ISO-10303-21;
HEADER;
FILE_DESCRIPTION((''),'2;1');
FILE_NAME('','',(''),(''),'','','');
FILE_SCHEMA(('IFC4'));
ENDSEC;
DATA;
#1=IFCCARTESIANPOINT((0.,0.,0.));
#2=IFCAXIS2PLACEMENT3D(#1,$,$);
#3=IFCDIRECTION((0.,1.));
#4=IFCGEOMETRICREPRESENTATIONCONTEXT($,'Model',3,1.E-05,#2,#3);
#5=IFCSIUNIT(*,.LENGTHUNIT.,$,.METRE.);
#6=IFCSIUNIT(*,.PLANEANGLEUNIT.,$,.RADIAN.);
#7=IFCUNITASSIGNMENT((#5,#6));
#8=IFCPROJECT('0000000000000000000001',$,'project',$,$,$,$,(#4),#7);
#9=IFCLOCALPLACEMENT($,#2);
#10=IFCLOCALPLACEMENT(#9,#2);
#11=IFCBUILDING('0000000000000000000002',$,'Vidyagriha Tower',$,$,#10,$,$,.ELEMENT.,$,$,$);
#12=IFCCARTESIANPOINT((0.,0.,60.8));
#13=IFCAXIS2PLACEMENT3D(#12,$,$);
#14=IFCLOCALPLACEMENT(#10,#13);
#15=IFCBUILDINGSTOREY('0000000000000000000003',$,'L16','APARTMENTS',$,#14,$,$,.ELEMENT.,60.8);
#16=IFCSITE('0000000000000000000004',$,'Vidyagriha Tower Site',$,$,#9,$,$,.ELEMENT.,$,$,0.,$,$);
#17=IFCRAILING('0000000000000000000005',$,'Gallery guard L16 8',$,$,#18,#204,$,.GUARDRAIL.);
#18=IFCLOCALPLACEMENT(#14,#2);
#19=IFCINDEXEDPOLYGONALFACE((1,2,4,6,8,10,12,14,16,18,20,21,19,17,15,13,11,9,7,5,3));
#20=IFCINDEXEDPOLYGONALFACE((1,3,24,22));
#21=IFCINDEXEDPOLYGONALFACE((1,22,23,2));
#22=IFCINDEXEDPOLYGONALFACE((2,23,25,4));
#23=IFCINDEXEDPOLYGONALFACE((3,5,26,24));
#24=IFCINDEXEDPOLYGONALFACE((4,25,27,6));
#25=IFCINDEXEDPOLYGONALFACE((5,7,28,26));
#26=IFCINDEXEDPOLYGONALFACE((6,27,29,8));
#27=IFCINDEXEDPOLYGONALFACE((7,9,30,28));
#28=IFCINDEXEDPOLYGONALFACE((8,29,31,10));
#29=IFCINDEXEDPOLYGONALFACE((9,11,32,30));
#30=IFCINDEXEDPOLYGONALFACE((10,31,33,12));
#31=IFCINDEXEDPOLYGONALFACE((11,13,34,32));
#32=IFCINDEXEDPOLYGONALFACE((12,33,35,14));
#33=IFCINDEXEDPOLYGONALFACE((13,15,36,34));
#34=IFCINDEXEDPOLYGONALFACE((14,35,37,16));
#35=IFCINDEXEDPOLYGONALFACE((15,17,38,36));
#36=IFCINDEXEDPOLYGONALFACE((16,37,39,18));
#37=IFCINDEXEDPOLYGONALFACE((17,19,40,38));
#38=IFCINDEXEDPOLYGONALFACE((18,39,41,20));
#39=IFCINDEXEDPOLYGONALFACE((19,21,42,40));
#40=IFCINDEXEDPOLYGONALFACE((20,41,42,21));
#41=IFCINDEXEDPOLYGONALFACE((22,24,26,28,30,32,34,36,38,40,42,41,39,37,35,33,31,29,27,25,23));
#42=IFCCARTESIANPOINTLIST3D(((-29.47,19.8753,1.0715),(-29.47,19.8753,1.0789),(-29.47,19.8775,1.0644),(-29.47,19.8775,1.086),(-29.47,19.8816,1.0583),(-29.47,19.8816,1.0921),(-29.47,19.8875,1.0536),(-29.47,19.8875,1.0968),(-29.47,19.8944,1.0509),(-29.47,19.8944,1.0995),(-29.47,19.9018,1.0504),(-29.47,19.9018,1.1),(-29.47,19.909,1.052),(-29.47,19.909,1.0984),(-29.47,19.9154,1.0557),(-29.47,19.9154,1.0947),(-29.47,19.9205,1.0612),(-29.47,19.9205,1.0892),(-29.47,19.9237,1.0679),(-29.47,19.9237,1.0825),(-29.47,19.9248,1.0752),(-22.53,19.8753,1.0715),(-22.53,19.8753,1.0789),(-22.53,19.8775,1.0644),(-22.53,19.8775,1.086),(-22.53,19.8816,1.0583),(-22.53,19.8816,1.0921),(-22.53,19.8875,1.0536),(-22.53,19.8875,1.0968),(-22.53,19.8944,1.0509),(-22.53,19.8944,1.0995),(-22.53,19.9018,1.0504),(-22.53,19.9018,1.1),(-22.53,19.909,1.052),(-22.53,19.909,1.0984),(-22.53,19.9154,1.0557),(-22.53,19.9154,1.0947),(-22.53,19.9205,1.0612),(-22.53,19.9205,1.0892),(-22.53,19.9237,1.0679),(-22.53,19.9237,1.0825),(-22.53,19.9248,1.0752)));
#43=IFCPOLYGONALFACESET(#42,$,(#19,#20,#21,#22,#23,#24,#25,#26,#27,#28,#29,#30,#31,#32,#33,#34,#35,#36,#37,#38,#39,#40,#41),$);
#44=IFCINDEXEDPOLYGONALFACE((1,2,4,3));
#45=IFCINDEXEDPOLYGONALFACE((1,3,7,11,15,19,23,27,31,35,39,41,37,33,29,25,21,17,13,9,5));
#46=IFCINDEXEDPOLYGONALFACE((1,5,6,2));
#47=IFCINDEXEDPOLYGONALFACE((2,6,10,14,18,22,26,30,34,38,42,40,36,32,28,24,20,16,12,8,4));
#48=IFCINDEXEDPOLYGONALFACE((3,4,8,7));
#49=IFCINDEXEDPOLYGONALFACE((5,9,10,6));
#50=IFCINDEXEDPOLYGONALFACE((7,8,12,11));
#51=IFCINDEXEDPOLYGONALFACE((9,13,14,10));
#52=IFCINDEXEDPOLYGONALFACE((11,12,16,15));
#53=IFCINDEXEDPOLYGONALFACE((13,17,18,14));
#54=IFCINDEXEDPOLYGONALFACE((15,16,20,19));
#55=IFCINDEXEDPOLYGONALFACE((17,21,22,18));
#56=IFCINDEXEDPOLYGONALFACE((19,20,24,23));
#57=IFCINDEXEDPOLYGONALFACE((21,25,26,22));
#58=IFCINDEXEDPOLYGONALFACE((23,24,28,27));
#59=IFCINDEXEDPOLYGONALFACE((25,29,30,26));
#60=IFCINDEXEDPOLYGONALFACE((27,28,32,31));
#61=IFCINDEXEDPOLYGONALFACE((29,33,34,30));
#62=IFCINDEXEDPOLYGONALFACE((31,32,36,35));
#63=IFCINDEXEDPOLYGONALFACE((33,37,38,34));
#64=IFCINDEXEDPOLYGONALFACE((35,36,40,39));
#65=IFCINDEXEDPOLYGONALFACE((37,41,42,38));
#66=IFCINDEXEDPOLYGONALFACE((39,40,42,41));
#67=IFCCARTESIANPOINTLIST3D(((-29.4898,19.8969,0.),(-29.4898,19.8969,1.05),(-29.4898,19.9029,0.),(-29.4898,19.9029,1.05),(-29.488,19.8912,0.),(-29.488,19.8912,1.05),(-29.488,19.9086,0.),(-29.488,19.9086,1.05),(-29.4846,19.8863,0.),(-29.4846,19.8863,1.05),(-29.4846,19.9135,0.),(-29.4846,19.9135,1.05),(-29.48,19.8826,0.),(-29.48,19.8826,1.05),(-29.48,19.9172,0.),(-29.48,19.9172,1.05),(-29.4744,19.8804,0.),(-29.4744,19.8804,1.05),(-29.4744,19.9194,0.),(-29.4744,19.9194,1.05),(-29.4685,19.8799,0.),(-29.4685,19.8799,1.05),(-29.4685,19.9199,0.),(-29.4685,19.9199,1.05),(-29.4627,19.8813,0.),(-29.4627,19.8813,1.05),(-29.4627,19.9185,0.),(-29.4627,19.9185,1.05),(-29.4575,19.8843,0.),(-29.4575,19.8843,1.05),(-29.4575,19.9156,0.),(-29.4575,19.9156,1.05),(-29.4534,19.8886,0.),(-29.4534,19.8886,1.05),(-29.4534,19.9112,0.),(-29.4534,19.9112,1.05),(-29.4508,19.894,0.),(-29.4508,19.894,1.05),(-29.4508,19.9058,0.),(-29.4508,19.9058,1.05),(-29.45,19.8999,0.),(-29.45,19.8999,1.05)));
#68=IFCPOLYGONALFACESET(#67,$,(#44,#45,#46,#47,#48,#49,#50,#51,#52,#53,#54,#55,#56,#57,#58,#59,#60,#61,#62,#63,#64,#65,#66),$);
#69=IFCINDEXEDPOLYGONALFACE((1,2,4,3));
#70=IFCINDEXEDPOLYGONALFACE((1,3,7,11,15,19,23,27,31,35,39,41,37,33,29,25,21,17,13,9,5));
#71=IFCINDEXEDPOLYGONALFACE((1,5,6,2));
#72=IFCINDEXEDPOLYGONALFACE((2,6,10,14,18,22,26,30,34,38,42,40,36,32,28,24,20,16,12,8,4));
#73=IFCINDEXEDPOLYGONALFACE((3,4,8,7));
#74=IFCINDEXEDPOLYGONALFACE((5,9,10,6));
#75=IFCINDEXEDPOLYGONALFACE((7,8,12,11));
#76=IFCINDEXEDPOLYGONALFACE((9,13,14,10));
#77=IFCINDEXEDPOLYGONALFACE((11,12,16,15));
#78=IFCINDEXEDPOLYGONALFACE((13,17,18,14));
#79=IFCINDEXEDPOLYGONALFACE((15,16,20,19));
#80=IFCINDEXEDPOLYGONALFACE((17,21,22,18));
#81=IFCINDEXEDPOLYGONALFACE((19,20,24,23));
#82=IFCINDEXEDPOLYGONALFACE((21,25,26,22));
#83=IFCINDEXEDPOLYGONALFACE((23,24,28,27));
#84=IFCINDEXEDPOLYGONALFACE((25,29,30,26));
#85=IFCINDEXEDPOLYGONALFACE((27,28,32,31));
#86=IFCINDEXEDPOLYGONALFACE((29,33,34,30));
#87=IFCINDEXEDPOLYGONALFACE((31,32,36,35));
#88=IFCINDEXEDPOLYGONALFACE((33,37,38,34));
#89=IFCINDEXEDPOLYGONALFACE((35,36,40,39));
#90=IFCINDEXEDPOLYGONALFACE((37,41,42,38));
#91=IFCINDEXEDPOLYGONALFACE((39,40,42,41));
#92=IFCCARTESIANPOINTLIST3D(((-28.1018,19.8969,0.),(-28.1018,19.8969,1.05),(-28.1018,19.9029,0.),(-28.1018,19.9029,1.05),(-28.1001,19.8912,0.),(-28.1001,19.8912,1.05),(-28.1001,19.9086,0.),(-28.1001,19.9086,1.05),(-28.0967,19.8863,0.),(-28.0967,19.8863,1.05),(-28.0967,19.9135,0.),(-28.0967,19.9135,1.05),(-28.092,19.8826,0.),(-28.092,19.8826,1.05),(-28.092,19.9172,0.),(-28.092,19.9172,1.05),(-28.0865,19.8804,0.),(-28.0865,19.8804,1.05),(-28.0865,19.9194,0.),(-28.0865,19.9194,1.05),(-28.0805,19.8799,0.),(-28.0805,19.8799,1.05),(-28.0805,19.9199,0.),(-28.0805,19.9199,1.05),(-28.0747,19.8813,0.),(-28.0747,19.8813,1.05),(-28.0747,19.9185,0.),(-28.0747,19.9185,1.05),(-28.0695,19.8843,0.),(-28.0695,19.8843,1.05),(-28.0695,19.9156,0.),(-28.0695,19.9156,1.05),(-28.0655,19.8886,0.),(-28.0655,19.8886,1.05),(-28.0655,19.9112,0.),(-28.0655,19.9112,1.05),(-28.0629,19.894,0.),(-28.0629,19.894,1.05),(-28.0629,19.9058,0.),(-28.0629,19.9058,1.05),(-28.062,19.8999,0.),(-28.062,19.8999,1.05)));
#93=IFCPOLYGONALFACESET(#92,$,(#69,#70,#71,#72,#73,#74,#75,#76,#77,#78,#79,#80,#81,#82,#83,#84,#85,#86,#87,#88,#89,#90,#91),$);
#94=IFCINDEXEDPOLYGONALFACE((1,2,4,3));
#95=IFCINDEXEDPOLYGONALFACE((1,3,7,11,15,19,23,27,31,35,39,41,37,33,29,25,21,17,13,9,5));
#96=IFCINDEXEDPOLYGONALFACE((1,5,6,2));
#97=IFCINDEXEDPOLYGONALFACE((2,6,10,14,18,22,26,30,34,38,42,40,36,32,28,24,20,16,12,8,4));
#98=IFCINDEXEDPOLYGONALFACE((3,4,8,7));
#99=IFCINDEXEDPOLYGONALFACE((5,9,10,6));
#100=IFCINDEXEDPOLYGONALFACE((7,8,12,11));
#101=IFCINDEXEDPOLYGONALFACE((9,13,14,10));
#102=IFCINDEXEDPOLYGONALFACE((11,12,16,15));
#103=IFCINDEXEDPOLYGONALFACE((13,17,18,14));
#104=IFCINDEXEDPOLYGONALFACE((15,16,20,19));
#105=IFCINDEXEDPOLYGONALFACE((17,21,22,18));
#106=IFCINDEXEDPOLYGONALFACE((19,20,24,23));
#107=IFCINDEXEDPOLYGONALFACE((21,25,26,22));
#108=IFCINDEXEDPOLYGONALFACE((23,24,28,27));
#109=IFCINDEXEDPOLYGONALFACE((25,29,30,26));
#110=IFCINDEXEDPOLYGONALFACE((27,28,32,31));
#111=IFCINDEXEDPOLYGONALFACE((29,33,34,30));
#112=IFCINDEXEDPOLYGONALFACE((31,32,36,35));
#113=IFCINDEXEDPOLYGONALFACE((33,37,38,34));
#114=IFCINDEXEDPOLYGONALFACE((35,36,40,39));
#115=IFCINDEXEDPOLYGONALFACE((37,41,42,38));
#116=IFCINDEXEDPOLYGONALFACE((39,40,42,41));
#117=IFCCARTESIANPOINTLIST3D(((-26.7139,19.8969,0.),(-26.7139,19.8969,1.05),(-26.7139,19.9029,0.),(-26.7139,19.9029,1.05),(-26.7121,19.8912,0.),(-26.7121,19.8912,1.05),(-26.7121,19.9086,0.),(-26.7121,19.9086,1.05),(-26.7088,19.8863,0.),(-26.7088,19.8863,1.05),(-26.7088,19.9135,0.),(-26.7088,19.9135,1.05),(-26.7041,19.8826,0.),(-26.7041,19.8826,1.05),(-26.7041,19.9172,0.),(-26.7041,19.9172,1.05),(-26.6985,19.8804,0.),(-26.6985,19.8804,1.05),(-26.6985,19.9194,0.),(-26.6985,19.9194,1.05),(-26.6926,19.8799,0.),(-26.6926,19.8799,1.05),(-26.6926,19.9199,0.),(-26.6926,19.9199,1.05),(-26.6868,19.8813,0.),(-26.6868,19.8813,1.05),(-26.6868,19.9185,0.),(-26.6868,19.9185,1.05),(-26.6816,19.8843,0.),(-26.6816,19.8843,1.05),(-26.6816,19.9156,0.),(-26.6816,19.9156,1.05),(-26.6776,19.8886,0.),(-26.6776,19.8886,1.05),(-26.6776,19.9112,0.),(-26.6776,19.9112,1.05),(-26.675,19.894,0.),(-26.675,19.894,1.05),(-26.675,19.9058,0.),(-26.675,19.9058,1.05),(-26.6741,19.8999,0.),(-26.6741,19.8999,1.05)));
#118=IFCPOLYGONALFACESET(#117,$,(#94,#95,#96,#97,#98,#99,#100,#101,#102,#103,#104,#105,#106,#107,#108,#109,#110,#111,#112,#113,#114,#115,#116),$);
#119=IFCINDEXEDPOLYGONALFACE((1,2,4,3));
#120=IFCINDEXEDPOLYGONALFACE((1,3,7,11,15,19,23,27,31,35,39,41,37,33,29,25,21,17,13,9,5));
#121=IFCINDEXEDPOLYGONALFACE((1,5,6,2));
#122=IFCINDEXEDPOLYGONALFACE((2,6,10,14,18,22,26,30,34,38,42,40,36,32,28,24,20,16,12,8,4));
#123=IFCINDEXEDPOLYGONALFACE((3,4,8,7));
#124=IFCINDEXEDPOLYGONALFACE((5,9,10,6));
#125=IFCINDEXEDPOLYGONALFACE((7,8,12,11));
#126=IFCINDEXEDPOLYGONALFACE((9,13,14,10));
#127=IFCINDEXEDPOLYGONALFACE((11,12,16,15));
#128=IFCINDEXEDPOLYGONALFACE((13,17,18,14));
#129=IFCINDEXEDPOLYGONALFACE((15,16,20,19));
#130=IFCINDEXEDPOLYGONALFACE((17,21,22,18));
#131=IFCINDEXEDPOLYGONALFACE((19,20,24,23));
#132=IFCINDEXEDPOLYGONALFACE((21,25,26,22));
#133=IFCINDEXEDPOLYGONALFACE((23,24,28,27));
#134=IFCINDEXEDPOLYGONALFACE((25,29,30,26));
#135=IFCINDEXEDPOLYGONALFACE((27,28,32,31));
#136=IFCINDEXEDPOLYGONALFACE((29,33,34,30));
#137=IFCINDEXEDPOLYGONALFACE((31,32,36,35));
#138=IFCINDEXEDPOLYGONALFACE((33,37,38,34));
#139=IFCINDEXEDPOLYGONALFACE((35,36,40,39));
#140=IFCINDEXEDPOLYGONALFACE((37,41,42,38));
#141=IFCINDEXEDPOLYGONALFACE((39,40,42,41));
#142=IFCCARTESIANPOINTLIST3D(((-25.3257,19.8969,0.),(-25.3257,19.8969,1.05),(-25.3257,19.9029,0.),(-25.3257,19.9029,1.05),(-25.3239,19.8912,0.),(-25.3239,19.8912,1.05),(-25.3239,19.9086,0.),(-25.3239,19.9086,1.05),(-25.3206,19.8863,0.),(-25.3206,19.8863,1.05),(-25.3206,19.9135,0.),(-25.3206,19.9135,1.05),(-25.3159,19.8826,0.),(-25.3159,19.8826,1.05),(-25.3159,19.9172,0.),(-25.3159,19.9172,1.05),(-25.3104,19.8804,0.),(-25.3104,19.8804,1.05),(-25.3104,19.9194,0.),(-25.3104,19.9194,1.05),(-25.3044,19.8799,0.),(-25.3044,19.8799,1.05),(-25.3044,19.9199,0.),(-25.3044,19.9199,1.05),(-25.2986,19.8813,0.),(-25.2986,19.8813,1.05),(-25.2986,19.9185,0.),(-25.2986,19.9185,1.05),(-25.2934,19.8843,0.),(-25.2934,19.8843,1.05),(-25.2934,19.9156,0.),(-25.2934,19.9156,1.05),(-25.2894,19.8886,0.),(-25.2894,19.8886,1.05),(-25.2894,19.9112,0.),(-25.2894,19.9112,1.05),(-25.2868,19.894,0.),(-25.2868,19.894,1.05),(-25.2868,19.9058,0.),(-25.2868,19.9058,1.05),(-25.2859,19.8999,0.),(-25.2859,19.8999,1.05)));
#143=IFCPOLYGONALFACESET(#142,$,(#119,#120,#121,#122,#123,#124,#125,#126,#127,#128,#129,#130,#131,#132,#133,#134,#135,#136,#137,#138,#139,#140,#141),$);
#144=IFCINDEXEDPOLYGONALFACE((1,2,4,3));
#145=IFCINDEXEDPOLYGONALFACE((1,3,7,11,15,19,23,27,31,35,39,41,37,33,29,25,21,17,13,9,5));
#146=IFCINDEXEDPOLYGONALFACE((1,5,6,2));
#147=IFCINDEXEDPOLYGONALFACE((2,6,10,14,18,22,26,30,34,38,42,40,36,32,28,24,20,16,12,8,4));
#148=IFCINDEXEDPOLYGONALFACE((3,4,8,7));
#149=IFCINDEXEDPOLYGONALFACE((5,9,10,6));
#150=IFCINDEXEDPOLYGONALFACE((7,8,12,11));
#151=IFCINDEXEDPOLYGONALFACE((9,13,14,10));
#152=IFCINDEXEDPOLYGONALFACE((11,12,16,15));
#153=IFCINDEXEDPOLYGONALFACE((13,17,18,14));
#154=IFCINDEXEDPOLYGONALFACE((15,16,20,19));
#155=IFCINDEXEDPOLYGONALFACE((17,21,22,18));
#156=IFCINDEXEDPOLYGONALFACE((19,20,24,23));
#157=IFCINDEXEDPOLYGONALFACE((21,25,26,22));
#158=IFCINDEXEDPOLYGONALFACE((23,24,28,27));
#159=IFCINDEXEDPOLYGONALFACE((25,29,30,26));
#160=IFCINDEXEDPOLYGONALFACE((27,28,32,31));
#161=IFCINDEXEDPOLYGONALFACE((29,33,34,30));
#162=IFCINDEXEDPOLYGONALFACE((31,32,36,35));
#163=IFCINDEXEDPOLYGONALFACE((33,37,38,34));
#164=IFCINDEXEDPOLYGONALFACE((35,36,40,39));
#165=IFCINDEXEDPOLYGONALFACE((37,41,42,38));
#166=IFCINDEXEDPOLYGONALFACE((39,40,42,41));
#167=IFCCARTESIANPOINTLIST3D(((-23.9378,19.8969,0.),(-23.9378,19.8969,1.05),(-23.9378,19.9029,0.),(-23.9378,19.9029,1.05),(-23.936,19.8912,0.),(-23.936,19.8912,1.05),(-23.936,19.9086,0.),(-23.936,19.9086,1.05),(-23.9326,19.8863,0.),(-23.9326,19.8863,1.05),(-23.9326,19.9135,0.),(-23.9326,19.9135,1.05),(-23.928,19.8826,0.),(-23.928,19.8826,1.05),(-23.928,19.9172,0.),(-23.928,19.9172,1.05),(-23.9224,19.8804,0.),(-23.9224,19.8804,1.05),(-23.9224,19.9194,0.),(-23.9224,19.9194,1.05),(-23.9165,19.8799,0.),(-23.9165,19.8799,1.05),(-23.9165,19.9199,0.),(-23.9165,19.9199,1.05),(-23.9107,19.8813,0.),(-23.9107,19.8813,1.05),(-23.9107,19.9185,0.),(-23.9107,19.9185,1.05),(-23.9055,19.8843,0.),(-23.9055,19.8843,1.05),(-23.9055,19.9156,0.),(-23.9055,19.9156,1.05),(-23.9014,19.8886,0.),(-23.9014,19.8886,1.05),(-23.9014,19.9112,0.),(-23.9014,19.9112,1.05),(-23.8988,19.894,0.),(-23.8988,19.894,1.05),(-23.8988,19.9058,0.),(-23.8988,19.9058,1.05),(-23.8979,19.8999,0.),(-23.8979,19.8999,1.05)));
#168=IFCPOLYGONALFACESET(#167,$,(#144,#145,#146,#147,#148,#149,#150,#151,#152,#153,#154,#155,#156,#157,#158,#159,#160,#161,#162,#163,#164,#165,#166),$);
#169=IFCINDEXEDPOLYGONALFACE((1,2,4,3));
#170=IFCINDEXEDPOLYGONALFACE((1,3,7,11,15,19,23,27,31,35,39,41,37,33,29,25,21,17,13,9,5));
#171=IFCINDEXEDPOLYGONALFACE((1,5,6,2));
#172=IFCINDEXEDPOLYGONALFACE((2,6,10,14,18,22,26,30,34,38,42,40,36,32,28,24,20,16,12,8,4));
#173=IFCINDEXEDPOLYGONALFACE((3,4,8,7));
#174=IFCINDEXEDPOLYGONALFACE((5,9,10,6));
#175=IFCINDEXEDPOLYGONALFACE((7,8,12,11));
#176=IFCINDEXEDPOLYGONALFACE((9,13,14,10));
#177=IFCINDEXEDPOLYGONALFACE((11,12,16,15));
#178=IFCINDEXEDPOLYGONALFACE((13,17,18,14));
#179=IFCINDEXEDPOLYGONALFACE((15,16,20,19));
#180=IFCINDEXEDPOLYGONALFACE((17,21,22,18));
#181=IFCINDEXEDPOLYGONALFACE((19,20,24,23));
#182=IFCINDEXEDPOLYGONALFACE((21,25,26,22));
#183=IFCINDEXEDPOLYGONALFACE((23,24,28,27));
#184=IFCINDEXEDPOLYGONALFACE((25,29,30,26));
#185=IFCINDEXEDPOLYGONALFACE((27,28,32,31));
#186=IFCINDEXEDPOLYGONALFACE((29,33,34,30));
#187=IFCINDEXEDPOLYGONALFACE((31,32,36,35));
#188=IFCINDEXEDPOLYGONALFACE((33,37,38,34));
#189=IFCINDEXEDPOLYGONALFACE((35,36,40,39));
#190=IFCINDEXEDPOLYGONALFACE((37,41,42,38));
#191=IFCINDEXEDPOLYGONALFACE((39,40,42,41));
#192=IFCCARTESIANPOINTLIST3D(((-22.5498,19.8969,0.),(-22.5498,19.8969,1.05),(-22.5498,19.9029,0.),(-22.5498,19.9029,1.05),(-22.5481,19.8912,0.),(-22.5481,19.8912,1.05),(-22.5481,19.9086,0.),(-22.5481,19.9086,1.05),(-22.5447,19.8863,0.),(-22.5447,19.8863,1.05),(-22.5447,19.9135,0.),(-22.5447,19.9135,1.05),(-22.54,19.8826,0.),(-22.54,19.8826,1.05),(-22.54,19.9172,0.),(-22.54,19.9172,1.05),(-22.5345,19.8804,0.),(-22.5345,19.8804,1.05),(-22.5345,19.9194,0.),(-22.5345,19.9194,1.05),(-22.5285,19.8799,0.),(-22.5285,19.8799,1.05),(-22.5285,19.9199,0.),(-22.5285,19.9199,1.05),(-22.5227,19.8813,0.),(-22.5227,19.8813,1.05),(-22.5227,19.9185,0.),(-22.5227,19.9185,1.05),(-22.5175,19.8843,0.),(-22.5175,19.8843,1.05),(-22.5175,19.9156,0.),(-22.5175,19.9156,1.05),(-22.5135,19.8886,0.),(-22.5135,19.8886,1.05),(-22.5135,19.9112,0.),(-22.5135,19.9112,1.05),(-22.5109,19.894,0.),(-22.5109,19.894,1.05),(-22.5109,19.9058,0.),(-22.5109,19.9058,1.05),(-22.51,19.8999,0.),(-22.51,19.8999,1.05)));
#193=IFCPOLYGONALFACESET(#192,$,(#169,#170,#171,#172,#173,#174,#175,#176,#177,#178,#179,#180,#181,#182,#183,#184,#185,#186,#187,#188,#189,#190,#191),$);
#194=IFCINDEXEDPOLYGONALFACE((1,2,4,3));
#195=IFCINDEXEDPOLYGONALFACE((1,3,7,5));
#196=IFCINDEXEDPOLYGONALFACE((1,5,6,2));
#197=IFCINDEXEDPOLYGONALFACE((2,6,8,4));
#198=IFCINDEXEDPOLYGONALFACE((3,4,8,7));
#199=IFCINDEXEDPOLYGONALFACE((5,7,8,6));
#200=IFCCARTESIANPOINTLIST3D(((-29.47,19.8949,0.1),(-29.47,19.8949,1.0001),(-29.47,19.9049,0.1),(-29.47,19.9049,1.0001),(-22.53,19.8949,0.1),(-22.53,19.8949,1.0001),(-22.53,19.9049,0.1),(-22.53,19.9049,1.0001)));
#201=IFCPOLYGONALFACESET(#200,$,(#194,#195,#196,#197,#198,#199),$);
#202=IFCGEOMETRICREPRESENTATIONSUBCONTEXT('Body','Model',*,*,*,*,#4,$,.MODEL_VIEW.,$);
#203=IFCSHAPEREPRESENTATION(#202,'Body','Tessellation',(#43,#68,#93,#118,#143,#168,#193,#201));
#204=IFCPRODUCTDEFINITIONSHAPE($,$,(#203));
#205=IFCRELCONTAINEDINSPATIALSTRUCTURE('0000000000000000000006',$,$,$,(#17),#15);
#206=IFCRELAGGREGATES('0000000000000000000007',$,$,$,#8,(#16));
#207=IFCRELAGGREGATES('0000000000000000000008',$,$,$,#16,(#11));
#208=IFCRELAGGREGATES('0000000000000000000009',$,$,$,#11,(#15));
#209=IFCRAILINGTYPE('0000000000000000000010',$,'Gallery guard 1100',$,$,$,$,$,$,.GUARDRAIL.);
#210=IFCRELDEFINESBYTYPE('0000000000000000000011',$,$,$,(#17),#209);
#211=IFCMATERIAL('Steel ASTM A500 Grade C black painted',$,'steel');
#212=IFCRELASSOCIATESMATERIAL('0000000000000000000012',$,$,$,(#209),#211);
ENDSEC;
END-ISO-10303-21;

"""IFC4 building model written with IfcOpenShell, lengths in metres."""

from ifc_helpers import new_model, si_unit, direction, frame, origin, origin_2d, place, context, subcontext, project, spatial, rectangle, circle, extrude, material, type_object, element, save


model = new_model("IFC4")

# Units and contexts
model_context = context("Model", 3, precision=1e-05, world=origin(), true_north=direction((0.0, 1.0)))
body_context = subcontext(model_context, "Body", "Model", "MODEL_VIEW")
ifc_project = project(units=[si_unit("LENGTHUNIT", "METRE"), si_unit("PLANEANGLEUNIT", "RADIAN")], contexts=[model_context])

# Site, building, storey
site_placement = place(None, origin())
site = spatial("IfcSite", under=ifc_project, at=site_placement, Name="Vidyagriha Tower Site", CompositionType="ELEMENT", RefElevation=0.0)
building_placement = place(site_placement, origin())
building = spatial("IfcBuilding", under=site, at=building_placement, Name="Vidyagriha Tower", CompositionType="ELEMENT")
storey_placement = place(building_placement, frame((0.0, 0.0, 60.8)))
storey = spatial("IfcBuildingStorey", under=building, at=storey_placement, Name="L16", Description="APARTMENTS", CompositionType="ELEMENT", Elevation=60.8)

# Railing
ifc_material_1 = material(Name="Steel ASTM A500 Grade C black painted", Category="steel")
railing_type = type_object("IfcRailingType", Name="Gallery guard 1100", PredefinedType="GUARDRAIL", material=ifc_material_1)
railing_1_placement = place(storey_placement, frame((-29.47, 19.8999, 0.0)))
element("IfcRailing", 1, at=railing_1_placement, inside=storey, type_object=railing_type, Name="Gallery guard L16 8", PredefinedType="GUARDRAIL", context=body_context, shape_type="SweptSolid", body=[
    extrude(circle(Radius=0.0249, at=origin_2d()), frame((0.0, 0.0, 1.0752), z_axis=(1.0, 0.0, 0.0), x_axis=(0.0, 1.0, 0.0)), (0.0, 0.0, 1.0), 6.9399),
    extrude(circle(Radius=0.02, at=origin_2d()), origin(), (0.0, 0.0, 1.0), 1.05),
    extrude(circle(Radius=0.02, at=origin_2d()), frame((1.3879, 0.0, 0.0)), (0.0, 0.0, 1.0), 1.05),
    extrude(circle(Radius=0.02, at=origin_2d()), frame((2.7759, 0.0, 0.0)), (0.0, 0.0, 1.0), 1.05),
    extrude(circle(Radius=0.02, at=origin_2d()), frame((4.1641, 0.0, 0.0)), (0.0, 0.0, 1.0), 1.05),
    extrude(circle(Radius=0.02, at=origin_2d()), frame((5.552, 0.0, 0.0)), (0.0, 0.0, 1.0), 1.05),
    extrude(circle(Radius=0.02, at=origin_2d()), frame((6.9399, 0.0, 0.0)), (0.0, 0.0, 1.0), 1.05),
    extrude(rectangle(XDim=0.01, YDim=0.9001, at=origin_2d()), frame((0.0, 0.0, 0.55), z_axis=(1.0, 0.0, 0.0), x_axis=(0.0, 1.0, 0.0)), (0.0, 0.0, 1.0), 6.9399),
])

save(model, "model.ifc")
